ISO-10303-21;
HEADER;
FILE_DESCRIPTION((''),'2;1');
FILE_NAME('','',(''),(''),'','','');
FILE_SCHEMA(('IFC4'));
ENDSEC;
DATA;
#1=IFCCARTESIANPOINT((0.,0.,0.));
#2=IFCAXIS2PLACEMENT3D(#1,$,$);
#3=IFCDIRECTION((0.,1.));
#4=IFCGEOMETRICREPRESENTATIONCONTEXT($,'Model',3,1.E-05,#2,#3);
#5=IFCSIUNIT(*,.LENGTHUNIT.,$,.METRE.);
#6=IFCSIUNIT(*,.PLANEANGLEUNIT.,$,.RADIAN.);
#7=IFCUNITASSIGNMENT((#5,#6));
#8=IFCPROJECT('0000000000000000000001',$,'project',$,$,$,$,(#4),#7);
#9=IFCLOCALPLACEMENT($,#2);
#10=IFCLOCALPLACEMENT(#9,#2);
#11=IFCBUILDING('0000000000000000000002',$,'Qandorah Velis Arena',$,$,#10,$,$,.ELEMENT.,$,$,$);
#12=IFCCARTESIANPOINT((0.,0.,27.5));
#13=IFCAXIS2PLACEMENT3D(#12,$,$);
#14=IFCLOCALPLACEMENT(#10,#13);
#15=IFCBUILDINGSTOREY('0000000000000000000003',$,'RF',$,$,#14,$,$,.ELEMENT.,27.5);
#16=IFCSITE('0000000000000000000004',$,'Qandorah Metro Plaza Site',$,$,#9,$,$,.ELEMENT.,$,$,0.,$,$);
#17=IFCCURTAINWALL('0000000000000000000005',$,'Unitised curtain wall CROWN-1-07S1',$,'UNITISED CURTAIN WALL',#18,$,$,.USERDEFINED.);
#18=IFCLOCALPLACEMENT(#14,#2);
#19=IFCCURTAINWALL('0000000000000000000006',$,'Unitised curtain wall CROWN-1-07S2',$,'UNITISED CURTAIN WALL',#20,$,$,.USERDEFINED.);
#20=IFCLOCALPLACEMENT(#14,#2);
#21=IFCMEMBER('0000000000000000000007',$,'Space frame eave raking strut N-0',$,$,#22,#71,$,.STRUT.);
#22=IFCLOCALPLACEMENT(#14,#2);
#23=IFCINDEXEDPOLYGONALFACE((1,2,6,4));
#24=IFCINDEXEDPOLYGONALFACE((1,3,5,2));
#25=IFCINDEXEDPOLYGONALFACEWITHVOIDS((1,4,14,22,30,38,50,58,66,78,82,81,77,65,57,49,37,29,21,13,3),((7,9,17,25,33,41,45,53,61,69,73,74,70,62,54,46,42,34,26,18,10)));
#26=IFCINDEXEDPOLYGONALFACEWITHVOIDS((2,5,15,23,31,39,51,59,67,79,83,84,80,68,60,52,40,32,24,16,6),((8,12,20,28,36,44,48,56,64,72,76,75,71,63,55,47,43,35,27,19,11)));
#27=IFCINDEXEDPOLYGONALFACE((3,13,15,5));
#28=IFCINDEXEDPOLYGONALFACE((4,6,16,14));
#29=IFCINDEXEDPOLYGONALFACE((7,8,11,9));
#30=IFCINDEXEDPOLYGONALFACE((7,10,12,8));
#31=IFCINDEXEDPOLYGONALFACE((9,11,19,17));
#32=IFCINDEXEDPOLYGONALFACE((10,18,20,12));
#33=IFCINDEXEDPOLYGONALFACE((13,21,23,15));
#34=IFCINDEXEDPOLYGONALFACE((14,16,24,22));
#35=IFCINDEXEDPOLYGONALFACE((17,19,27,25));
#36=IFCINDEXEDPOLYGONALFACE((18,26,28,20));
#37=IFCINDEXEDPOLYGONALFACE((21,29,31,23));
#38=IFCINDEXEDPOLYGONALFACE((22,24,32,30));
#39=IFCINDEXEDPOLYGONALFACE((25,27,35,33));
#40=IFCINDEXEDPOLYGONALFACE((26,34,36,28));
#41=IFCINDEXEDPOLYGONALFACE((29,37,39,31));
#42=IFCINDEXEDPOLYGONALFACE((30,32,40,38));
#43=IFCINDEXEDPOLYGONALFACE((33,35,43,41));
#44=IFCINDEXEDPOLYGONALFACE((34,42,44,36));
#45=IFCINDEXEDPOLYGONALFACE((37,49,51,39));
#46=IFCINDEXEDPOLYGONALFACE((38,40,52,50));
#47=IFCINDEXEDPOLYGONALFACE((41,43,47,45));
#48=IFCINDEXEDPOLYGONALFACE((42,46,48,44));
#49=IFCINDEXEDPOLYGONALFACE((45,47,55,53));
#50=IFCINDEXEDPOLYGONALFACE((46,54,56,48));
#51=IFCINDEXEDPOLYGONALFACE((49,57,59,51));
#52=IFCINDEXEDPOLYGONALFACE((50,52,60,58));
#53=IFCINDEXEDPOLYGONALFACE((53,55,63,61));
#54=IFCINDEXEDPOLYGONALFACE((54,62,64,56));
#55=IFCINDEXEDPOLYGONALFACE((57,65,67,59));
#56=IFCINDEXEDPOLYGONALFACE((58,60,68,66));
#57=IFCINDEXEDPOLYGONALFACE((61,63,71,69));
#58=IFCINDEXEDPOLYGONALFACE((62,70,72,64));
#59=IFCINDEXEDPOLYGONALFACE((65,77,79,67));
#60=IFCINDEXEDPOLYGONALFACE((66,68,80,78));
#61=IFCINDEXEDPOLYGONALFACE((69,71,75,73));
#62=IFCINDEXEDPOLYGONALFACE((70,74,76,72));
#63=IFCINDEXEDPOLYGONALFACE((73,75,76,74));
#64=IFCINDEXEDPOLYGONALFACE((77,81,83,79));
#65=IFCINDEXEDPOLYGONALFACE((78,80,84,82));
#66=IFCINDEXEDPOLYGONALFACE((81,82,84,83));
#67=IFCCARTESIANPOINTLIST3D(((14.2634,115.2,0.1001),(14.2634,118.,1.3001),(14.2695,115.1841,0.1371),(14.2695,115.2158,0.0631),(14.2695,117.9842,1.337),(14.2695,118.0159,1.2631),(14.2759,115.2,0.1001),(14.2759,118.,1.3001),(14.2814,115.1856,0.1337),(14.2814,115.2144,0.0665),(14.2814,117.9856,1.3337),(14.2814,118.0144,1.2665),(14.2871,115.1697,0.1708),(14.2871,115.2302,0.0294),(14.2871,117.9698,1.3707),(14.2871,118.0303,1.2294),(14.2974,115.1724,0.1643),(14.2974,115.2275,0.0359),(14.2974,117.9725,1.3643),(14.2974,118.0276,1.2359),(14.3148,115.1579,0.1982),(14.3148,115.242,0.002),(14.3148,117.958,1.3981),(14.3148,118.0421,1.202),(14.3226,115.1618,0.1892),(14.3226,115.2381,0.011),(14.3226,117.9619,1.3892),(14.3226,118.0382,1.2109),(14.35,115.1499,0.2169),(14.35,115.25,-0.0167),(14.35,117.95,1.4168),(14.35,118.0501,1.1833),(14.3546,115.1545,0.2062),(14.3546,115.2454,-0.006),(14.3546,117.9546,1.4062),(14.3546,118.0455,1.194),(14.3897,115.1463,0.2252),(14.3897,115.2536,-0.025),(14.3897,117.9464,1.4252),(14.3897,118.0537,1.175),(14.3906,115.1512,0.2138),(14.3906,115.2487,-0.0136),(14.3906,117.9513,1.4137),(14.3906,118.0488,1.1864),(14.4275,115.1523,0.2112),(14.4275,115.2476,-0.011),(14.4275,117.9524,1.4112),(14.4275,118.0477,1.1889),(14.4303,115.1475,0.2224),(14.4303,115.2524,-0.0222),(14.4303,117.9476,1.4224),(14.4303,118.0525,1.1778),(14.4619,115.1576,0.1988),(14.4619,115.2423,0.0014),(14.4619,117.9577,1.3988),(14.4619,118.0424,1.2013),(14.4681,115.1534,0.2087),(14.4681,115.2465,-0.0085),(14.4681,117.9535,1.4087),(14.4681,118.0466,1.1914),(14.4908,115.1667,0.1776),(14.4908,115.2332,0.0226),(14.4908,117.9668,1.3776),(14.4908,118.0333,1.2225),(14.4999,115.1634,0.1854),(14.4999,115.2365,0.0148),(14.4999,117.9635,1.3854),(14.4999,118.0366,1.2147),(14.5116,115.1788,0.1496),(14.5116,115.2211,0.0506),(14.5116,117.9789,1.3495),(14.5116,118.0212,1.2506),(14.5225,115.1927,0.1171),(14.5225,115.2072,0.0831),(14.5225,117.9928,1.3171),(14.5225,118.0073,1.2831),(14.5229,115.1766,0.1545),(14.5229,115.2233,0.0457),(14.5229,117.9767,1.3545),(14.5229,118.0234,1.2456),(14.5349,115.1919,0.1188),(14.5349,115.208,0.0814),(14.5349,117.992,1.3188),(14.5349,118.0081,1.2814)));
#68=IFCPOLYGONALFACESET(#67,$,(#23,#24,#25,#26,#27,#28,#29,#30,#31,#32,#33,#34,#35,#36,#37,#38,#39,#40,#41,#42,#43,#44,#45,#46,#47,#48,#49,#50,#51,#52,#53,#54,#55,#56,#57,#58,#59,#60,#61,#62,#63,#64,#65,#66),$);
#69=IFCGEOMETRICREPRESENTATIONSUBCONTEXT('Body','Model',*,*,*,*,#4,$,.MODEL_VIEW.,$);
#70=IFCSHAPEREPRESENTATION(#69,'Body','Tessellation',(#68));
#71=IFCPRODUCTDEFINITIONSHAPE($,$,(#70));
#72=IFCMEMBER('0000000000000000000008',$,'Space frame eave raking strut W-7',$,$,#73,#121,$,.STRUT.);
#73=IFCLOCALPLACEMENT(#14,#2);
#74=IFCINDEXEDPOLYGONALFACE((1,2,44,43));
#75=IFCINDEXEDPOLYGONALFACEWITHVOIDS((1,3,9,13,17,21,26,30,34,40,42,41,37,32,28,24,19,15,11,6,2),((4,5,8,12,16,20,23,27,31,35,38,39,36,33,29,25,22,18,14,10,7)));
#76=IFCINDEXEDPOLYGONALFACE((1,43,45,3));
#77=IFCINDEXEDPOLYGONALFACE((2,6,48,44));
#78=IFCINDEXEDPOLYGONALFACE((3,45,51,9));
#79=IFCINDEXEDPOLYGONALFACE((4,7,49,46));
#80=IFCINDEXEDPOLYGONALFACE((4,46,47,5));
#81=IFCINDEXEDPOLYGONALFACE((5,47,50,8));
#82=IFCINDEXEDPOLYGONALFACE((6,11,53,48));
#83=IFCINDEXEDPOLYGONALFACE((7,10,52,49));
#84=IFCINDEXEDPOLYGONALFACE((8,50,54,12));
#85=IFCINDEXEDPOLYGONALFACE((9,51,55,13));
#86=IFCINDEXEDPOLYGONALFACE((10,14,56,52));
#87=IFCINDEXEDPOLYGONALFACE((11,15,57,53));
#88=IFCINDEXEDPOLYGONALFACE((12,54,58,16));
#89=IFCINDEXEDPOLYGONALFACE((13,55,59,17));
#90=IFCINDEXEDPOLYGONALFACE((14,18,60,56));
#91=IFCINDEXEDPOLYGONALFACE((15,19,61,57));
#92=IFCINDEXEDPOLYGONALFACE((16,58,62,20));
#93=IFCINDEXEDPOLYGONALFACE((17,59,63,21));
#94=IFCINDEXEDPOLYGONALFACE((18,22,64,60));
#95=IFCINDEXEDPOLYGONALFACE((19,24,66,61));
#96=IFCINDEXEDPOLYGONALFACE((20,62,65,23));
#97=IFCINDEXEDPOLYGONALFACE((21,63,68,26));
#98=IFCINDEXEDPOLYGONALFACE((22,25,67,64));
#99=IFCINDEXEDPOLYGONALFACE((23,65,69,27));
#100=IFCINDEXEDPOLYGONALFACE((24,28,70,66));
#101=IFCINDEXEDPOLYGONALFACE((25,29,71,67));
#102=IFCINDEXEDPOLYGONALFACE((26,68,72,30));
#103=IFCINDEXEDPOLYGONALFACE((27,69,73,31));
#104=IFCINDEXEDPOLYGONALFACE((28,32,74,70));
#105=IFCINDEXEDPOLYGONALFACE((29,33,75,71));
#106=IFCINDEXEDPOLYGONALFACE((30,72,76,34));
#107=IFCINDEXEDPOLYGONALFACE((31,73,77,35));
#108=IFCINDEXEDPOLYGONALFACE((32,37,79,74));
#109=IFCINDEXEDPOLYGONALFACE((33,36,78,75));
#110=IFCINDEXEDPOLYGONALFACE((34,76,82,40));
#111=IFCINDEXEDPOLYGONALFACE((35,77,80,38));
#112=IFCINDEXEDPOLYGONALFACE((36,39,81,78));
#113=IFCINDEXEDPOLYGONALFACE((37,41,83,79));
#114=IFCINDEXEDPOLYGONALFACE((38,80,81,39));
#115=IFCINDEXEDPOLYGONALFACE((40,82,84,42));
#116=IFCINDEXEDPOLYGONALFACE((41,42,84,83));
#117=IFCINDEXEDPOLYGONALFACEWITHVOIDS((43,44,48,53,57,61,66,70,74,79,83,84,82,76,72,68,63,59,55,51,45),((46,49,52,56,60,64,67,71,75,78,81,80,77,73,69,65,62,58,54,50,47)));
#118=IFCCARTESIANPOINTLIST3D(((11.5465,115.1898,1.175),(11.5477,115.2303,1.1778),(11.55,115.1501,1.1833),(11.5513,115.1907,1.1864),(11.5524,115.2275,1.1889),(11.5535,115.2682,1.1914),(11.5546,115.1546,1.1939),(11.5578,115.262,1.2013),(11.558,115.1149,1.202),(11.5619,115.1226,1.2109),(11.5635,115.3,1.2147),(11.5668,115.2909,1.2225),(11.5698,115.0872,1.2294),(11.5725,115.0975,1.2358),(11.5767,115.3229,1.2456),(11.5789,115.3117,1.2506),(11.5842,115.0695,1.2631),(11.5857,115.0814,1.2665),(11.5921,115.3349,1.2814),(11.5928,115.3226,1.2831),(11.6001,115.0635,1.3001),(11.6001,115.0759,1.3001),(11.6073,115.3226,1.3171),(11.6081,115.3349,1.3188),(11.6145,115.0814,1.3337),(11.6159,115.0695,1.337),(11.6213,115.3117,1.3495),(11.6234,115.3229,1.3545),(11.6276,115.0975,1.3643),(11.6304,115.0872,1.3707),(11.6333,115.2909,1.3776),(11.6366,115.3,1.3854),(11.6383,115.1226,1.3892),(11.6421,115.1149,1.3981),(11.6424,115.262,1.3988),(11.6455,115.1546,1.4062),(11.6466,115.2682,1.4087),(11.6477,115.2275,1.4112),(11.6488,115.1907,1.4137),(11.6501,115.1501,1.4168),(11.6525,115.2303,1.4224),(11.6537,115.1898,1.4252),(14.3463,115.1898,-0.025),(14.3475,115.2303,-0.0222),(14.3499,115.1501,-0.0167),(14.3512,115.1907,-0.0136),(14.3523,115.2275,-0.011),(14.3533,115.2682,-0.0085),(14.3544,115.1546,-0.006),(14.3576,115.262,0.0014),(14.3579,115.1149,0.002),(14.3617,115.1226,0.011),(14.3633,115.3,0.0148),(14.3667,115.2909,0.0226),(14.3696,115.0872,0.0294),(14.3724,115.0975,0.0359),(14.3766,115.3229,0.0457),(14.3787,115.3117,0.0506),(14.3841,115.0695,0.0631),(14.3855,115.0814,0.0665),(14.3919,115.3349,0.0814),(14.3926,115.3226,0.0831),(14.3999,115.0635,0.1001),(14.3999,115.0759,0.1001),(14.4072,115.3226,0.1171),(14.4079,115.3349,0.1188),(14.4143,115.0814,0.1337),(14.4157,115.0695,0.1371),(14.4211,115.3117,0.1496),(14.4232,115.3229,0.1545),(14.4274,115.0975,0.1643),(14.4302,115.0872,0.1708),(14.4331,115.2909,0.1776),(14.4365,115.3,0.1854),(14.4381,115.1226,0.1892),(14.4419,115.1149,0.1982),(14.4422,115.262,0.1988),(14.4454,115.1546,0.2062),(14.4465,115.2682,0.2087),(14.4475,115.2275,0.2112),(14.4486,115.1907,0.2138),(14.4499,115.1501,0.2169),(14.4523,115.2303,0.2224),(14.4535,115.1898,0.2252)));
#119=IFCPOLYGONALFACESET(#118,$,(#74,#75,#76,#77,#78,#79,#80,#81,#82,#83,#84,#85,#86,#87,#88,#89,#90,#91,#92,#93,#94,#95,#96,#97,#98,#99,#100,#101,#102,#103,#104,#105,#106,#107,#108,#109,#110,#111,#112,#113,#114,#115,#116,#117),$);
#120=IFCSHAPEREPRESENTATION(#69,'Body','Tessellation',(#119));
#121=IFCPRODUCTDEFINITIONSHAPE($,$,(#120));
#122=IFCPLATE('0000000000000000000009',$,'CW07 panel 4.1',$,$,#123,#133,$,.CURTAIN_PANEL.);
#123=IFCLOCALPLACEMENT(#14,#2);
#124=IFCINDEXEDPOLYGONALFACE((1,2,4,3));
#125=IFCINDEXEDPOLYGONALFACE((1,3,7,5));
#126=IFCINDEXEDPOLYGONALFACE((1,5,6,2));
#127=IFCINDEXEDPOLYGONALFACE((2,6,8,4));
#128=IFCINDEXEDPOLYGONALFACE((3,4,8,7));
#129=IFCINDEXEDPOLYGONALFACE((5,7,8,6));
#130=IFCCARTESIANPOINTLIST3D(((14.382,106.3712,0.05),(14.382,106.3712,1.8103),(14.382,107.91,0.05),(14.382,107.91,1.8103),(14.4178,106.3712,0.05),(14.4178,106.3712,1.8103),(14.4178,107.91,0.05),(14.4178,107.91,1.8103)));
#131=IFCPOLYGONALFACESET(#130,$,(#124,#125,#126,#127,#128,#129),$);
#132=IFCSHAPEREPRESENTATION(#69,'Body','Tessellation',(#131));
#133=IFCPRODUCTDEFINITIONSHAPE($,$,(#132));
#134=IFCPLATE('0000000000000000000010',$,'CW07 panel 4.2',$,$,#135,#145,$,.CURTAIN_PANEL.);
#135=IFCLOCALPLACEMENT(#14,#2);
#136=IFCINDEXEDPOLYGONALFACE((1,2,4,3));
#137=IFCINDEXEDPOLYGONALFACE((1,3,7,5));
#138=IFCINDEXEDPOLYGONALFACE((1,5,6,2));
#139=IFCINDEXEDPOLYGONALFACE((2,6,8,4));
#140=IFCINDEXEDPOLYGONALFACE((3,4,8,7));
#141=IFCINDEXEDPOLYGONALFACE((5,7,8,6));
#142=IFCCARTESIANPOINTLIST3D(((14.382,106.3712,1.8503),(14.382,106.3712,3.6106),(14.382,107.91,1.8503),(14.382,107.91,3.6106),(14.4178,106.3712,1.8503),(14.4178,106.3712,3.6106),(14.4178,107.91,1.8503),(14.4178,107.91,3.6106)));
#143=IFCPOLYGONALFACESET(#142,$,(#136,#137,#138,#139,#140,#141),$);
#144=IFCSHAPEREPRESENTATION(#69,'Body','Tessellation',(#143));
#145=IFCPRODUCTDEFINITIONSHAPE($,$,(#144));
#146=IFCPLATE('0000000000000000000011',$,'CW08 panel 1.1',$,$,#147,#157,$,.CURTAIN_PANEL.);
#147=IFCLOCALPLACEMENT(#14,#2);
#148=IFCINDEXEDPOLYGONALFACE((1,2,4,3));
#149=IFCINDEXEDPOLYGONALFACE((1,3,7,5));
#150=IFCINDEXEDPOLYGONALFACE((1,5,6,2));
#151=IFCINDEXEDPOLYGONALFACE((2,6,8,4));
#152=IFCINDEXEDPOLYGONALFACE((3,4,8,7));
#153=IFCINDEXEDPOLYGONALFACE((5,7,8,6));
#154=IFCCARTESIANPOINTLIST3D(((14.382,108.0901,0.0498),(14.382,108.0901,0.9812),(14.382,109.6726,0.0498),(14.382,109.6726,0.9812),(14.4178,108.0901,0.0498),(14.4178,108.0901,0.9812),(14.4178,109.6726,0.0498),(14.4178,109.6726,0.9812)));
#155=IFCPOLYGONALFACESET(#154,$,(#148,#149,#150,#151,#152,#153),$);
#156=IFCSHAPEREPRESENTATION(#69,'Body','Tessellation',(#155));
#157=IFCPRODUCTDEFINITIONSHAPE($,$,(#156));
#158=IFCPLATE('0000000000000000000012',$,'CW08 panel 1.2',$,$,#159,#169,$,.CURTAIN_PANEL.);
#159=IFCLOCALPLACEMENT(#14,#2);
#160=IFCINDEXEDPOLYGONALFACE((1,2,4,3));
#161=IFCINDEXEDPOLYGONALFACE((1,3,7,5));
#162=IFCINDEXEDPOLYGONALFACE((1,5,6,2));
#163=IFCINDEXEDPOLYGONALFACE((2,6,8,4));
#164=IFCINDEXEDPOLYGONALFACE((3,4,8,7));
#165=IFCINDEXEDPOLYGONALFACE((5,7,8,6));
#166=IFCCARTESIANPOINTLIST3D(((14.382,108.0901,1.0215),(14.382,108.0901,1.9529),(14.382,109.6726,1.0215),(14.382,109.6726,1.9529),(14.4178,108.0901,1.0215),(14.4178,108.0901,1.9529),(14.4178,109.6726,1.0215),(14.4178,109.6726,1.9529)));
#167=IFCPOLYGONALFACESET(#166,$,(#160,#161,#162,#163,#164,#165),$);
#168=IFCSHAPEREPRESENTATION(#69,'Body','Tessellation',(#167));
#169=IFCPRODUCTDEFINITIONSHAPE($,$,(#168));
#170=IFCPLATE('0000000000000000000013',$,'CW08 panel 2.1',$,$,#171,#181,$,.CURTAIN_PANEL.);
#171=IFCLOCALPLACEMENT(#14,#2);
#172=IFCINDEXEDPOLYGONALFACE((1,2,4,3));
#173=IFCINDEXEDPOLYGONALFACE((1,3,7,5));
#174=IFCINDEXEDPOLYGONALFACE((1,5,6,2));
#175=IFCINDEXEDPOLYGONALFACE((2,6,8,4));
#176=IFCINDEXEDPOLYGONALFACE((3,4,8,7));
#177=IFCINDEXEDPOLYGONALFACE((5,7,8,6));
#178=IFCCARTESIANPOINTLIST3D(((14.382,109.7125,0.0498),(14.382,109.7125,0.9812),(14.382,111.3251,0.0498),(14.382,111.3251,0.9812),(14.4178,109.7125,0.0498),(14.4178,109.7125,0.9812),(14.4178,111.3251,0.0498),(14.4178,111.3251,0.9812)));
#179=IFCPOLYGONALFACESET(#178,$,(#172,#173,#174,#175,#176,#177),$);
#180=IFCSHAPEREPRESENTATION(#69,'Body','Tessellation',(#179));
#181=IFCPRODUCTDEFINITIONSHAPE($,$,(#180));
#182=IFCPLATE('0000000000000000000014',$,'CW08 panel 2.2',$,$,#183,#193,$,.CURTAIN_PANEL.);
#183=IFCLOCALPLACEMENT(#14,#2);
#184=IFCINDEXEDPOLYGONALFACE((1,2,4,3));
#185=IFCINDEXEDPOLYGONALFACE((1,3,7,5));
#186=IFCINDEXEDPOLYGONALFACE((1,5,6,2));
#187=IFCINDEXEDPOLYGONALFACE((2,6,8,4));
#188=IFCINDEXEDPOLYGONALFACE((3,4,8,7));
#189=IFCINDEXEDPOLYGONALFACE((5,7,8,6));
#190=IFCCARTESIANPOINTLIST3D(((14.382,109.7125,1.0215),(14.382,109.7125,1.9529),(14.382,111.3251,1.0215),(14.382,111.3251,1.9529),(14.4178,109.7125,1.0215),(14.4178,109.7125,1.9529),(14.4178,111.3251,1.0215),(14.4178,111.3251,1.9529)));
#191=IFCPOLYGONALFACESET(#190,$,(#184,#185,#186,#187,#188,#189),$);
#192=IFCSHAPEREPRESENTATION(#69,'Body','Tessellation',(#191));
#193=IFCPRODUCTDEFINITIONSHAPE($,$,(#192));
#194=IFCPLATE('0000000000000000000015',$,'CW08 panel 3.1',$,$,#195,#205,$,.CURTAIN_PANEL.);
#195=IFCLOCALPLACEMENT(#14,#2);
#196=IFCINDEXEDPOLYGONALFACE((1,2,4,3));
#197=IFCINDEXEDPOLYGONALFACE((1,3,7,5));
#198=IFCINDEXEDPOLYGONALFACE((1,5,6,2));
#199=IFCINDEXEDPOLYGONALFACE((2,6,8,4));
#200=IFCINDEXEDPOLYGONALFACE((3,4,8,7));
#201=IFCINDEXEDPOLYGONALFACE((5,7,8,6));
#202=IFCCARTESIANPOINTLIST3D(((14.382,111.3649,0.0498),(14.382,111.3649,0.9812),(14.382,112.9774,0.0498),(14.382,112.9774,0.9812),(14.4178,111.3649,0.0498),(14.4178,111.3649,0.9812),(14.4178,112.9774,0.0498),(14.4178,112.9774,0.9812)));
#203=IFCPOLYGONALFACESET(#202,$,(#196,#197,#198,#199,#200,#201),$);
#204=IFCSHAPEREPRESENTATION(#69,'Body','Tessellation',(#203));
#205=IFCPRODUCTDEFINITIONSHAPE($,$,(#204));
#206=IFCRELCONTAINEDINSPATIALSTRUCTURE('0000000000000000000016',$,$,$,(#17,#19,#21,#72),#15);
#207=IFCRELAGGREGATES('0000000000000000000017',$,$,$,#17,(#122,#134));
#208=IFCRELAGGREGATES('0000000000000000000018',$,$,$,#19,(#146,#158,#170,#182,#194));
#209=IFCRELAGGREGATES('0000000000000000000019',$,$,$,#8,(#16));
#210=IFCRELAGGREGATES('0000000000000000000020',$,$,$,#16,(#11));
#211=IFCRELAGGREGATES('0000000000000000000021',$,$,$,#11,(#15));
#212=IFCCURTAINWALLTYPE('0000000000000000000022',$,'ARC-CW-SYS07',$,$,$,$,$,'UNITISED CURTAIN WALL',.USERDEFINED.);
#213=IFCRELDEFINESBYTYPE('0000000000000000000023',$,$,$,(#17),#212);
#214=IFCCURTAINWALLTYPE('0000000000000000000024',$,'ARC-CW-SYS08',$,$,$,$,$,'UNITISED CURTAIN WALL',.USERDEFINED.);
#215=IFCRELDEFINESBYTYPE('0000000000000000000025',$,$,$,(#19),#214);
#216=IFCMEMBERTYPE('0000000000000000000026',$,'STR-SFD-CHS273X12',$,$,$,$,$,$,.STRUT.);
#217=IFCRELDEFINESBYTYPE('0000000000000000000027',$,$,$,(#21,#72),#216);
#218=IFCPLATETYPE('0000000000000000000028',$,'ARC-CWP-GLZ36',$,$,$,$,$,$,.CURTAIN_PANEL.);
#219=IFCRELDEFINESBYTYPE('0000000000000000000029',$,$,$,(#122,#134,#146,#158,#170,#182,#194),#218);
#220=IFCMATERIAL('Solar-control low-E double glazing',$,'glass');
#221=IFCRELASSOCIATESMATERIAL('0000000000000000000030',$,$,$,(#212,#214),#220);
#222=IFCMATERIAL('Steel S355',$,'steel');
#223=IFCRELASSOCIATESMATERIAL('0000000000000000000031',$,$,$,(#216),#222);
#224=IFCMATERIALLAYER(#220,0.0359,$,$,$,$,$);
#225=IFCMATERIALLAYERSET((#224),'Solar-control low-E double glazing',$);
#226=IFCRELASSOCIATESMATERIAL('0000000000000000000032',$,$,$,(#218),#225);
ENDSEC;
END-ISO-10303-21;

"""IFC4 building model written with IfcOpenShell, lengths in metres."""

from ifc_helpers import new_model, si_unit, direction, frame, origin, origin_2d, place, context, subcontext, project, spatial, rectangle, hollow_circle, extrude, material, layer, layer_set, material_profile, profile_set, type_object, element, aggregate, save


model = new_model("IFC4")

# Units and contexts
model_context = context("Model", 3, precision=1e-05, world=origin(), true_north=direction((0.0, 1.0)))
body_context = subcontext(model_context, "Body", "Model", "MODEL_VIEW")
ifc_project = project(units=[si_unit("LENGTHUNIT", "METRE"), si_unit("PLANEANGLEUNIT", "RADIAN")], contexts=[model_context])

# Site, building, storey
site_placement = place(None, origin())
site = spatial("IfcSite", under=ifc_project, at=site_placement, Name="Qandorah Metro Plaza Site", CompositionType="ELEMENT", RefElevation=0.0)
building_placement = place(site_placement, origin())
building = spatial("IfcBuilding", under=site, at=building_placement, Name="Qandorah Velis Arena", CompositionType="ELEMENT")
storey_placement = place(building_placement, frame((0.0, 0.0, 27.5)))
storey = spatial("IfcBuildingStorey", under=building, at=storey_placement, Name="RF", CompositionType="ELEMENT", Elevation=27.5)

# Curtain wall
ifc_material_1 = material(Name="Solar-control low-E double glazing", Category="glass")
curtain_wall_type_1 = type_object("IfcCurtainWallType", Name="ARC-CW-SYS07", ElementType="UNITISED CURTAIN WALL", PredefinedType="USERDEFINED", material=ifc_material_1)
curtain_wall_1_placement = place(storey_placement, origin())
curtain_wall_1 = element("IfcCurtainWall", 1, at=curtain_wall_1_placement, inside=storey, type_object=curtain_wall_type_1, Name="Unitised curtain wall CROWN-1-07S1", ObjectType="UNITISED CURTAIN WALL", PredefinedType="USERDEFINED")

# Curtain wall
curtain_wall_type_2 = type_object("IfcCurtainWallType", Name="ARC-CW-SYS08", ElementType="UNITISED CURTAIN WALL", PredefinedType="USERDEFINED", material=ifc_material_1)
curtain_wall_2_placement = place(storey_placement, origin())
curtain_wall_2 = element("IfcCurtainWall", 2, at=curtain_wall_2_placement, inside=storey, type_object=curtain_wall_type_2, Name="Unitised curtain wall CROWN-1-07S2", ObjectType="UNITISED CURTAIN WALL", PredefinedType="USERDEFINED")

# Shared definitions
ifc_material_2 = material(Name="Steel S355", Category="steel")

# Members
ifc_material_profile_1 = material_profile(ifc_material_2, hollow_circle(Radius=0.1365, WallThickness=0.0125, at=origin_2d()), Name="CHS 273x12.5")
ifc_profile_set_1 = profile_set([ifc_material_profile_1], Name="Steel S355")
member_type_1 = type_object("IfcMemberType", Name="STR-SFD-CHS273X12", PredefinedType="STRUT", material=ifc_profile_set_1)
member_1_placement = place(storey_placement, frame((14.3999, 115.2, 0.1001), z_axis=(0.0, 0.919153, 0.3939), x_axis=(-1.0, 0.0, 0.0)))
element("IfcMember", 3, at=member_1_placement, inside=storey, type_object=member_type_1, Name="Space frame eave raking strut N-0", PredefinedType="STRUT", context=body_context, shape_type="SweptSolid", body=[
    extrude(hollow_circle(Radius=0.1365, WallThickness=0.0125, at=origin_2d()), origin(), (0.0, 0.0, 1.0), 3.0464),
])
member_2_placement = place(storey_placement, frame((14.3999, 115.2, 0.1001), z_axis=(-0.919141, 0.0, 0.393929), x_axis=(0.0, -1.0, 0.0)))
element("IfcMember", 4, at=member_2_placement, inside=storey, type_object=member_type_1, Name="Space frame eave raking strut W-7", PredefinedType="STRUT", context=body_context, shape_type="SweptSolid", body=[
    extrude(hollow_circle(Radius=0.1365, WallThickness=0.0125, at=origin_2d()), origin(), (0.0, 0.0, 1.0), 3.0461),
])

# Plates
ifc_layer_1 = layer(ifc_material_1, 0.0359)
ifc_layer_set_1 = layer_set([ifc_layer_1], Name="Solar-control low-E double glazing")
plate_type = type_object("IfcPlateType", Name="ARC-CWP-GLZ36", PredefinedType="CURTAIN_PANEL", material=ifc_layer_set_1)
plate_1_placement = place(storey_placement, frame((14.3999, 107.1406, 0.05), z_axis=(0.0, 0.0, 1.0), x_axis=(0.0, 1.0, 0.0)))
plate_1 = element("IfcPlate", 5, at=plate_1_placement, type_object=plate_type, Name="CW07 panel 4.1", PredefinedType="CURTAIN_PANEL", context=body_context, shape_type="SweptSolid", body=[
    extrude(rectangle(XDim=1.5388, YDim=0.0359, at=origin_2d()), origin(), (0.0, 0.0, 1.0), 1.7603),
])
plate_2_placement = place(storey_placement, frame((14.3999, 107.1406, 1.8503), z_axis=(0.0, 0.0, 1.0), x_axis=(0.0, 1.0, 0.0)))
plate_2 = element("IfcPlate", 6, at=plate_2_placement, type_object=plate_type, Name="CW07 panel 4.2", PredefinedType="CURTAIN_PANEL", context=body_context, shape_type="SweptSolid", body=[
    extrude(rectangle(XDim=1.5388, YDim=0.0359, at=origin_2d()), origin(), (0.0, 0.0, 1.0), 1.7603),
])
aggregate(curtain_wall_1, [plate_1, plate_2])
plate_3_placement = place(storey_placement, frame((14.3999, 108.8813, 0.0498), z_axis=(0.0, 0.0, 1.0), x_axis=(0.0, 1.0, 0.0)))
plate_3 = element("IfcPlate", 7, at=plate_3_placement, type_object=plate_type, Name="CW08 panel 1.1", PredefinedType="CURTAIN_PANEL", context=body_context, shape_type="SweptSolid", body=[
    extrude(rectangle(XDim=1.5825, YDim=0.0359, at=origin_2d()), origin(), (0.0, 0.0, 1.0), 0.9314),
])
plate_4_placement = place(storey_placement, frame((14.3999, 108.8813, 1.0215), z_axis=(0.0, 0.0, 1.0), x_axis=(0.0, 1.0, 0.0)))
plate_4 = element("IfcPlate", 8, at=plate_4_placement, type_object=plate_type, Name="CW08 panel 1.2", PredefinedType="CURTAIN_PANEL", context=body_context, shape_type="SweptSolid", body=[
    extrude(rectangle(XDim=1.5825, YDim=0.0359, at=origin_2d()), origin(), (0.0, 0.0, 1.0), 0.9314),
])
plate_5_placement = place(storey_placement, frame((14.3999, 110.5188, 0.0498), z_axis=(0.0, 0.0, 1.0), x_axis=(0.0, 1.0, 0.0)))
plate_5 = element("IfcPlate", 9, at=plate_5_placement, type_object=plate_type, Name="CW08 panel 2.1", PredefinedType="CURTAIN_PANEL", context=body_context, shape_type="SweptSolid", body=[
    extrude(rectangle(XDim=1.6125, YDim=0.0359, at=origin_2d()), origin(), (0.0, 0.0, 1.0), 0.9314),
])
plate_6_placement = place(storey_placement, frame((14.3999, 110.5188, 1.0215), z_axis=(0.0, 0.0, 1.0), x_axis=(0.0, 1.0, 0.0)))
plate_6 = element("IfcPlate", 10, at=plate_6_placement, type_object=plate_type, Name="CW08 panel 2.2", PredefinedType="CURTAIN_PANEL", context=body_context, shape_type="SweptSolid", body=[
    extrude(rectangle(XDim=1.6125, YDim=0.0359, at=origin_2d()), origin(), (0.0, 0.0, 1.0), 0.9314),
])
plate_7_placement = place(storey_placement, frame((14.3999, 112.1711, 0.0498), z_axis=(0.0, 0.0, 1.0), x_axis=(0.0, 1.0, 0.0)))
plate_7 = element("IfcPlate", 11, at=plate_7_placement, type_object=plate_type, Name="CW08 panel 3.1", PredefinedType="CURTAIN_PANEL", context=body_context, shape_type="SweptSolid", body=[
    extrude(rectangle(XDim=1.6125, YDim=0.0359, at=origin_2d()), origin(), (0.0, 0.0, 1.0), 0.9314),
])
aggregate(curtain_wall_2, [plate_3, plate_4, plate_5, plate_6, plate_7])

save(model, "model.ifc")
